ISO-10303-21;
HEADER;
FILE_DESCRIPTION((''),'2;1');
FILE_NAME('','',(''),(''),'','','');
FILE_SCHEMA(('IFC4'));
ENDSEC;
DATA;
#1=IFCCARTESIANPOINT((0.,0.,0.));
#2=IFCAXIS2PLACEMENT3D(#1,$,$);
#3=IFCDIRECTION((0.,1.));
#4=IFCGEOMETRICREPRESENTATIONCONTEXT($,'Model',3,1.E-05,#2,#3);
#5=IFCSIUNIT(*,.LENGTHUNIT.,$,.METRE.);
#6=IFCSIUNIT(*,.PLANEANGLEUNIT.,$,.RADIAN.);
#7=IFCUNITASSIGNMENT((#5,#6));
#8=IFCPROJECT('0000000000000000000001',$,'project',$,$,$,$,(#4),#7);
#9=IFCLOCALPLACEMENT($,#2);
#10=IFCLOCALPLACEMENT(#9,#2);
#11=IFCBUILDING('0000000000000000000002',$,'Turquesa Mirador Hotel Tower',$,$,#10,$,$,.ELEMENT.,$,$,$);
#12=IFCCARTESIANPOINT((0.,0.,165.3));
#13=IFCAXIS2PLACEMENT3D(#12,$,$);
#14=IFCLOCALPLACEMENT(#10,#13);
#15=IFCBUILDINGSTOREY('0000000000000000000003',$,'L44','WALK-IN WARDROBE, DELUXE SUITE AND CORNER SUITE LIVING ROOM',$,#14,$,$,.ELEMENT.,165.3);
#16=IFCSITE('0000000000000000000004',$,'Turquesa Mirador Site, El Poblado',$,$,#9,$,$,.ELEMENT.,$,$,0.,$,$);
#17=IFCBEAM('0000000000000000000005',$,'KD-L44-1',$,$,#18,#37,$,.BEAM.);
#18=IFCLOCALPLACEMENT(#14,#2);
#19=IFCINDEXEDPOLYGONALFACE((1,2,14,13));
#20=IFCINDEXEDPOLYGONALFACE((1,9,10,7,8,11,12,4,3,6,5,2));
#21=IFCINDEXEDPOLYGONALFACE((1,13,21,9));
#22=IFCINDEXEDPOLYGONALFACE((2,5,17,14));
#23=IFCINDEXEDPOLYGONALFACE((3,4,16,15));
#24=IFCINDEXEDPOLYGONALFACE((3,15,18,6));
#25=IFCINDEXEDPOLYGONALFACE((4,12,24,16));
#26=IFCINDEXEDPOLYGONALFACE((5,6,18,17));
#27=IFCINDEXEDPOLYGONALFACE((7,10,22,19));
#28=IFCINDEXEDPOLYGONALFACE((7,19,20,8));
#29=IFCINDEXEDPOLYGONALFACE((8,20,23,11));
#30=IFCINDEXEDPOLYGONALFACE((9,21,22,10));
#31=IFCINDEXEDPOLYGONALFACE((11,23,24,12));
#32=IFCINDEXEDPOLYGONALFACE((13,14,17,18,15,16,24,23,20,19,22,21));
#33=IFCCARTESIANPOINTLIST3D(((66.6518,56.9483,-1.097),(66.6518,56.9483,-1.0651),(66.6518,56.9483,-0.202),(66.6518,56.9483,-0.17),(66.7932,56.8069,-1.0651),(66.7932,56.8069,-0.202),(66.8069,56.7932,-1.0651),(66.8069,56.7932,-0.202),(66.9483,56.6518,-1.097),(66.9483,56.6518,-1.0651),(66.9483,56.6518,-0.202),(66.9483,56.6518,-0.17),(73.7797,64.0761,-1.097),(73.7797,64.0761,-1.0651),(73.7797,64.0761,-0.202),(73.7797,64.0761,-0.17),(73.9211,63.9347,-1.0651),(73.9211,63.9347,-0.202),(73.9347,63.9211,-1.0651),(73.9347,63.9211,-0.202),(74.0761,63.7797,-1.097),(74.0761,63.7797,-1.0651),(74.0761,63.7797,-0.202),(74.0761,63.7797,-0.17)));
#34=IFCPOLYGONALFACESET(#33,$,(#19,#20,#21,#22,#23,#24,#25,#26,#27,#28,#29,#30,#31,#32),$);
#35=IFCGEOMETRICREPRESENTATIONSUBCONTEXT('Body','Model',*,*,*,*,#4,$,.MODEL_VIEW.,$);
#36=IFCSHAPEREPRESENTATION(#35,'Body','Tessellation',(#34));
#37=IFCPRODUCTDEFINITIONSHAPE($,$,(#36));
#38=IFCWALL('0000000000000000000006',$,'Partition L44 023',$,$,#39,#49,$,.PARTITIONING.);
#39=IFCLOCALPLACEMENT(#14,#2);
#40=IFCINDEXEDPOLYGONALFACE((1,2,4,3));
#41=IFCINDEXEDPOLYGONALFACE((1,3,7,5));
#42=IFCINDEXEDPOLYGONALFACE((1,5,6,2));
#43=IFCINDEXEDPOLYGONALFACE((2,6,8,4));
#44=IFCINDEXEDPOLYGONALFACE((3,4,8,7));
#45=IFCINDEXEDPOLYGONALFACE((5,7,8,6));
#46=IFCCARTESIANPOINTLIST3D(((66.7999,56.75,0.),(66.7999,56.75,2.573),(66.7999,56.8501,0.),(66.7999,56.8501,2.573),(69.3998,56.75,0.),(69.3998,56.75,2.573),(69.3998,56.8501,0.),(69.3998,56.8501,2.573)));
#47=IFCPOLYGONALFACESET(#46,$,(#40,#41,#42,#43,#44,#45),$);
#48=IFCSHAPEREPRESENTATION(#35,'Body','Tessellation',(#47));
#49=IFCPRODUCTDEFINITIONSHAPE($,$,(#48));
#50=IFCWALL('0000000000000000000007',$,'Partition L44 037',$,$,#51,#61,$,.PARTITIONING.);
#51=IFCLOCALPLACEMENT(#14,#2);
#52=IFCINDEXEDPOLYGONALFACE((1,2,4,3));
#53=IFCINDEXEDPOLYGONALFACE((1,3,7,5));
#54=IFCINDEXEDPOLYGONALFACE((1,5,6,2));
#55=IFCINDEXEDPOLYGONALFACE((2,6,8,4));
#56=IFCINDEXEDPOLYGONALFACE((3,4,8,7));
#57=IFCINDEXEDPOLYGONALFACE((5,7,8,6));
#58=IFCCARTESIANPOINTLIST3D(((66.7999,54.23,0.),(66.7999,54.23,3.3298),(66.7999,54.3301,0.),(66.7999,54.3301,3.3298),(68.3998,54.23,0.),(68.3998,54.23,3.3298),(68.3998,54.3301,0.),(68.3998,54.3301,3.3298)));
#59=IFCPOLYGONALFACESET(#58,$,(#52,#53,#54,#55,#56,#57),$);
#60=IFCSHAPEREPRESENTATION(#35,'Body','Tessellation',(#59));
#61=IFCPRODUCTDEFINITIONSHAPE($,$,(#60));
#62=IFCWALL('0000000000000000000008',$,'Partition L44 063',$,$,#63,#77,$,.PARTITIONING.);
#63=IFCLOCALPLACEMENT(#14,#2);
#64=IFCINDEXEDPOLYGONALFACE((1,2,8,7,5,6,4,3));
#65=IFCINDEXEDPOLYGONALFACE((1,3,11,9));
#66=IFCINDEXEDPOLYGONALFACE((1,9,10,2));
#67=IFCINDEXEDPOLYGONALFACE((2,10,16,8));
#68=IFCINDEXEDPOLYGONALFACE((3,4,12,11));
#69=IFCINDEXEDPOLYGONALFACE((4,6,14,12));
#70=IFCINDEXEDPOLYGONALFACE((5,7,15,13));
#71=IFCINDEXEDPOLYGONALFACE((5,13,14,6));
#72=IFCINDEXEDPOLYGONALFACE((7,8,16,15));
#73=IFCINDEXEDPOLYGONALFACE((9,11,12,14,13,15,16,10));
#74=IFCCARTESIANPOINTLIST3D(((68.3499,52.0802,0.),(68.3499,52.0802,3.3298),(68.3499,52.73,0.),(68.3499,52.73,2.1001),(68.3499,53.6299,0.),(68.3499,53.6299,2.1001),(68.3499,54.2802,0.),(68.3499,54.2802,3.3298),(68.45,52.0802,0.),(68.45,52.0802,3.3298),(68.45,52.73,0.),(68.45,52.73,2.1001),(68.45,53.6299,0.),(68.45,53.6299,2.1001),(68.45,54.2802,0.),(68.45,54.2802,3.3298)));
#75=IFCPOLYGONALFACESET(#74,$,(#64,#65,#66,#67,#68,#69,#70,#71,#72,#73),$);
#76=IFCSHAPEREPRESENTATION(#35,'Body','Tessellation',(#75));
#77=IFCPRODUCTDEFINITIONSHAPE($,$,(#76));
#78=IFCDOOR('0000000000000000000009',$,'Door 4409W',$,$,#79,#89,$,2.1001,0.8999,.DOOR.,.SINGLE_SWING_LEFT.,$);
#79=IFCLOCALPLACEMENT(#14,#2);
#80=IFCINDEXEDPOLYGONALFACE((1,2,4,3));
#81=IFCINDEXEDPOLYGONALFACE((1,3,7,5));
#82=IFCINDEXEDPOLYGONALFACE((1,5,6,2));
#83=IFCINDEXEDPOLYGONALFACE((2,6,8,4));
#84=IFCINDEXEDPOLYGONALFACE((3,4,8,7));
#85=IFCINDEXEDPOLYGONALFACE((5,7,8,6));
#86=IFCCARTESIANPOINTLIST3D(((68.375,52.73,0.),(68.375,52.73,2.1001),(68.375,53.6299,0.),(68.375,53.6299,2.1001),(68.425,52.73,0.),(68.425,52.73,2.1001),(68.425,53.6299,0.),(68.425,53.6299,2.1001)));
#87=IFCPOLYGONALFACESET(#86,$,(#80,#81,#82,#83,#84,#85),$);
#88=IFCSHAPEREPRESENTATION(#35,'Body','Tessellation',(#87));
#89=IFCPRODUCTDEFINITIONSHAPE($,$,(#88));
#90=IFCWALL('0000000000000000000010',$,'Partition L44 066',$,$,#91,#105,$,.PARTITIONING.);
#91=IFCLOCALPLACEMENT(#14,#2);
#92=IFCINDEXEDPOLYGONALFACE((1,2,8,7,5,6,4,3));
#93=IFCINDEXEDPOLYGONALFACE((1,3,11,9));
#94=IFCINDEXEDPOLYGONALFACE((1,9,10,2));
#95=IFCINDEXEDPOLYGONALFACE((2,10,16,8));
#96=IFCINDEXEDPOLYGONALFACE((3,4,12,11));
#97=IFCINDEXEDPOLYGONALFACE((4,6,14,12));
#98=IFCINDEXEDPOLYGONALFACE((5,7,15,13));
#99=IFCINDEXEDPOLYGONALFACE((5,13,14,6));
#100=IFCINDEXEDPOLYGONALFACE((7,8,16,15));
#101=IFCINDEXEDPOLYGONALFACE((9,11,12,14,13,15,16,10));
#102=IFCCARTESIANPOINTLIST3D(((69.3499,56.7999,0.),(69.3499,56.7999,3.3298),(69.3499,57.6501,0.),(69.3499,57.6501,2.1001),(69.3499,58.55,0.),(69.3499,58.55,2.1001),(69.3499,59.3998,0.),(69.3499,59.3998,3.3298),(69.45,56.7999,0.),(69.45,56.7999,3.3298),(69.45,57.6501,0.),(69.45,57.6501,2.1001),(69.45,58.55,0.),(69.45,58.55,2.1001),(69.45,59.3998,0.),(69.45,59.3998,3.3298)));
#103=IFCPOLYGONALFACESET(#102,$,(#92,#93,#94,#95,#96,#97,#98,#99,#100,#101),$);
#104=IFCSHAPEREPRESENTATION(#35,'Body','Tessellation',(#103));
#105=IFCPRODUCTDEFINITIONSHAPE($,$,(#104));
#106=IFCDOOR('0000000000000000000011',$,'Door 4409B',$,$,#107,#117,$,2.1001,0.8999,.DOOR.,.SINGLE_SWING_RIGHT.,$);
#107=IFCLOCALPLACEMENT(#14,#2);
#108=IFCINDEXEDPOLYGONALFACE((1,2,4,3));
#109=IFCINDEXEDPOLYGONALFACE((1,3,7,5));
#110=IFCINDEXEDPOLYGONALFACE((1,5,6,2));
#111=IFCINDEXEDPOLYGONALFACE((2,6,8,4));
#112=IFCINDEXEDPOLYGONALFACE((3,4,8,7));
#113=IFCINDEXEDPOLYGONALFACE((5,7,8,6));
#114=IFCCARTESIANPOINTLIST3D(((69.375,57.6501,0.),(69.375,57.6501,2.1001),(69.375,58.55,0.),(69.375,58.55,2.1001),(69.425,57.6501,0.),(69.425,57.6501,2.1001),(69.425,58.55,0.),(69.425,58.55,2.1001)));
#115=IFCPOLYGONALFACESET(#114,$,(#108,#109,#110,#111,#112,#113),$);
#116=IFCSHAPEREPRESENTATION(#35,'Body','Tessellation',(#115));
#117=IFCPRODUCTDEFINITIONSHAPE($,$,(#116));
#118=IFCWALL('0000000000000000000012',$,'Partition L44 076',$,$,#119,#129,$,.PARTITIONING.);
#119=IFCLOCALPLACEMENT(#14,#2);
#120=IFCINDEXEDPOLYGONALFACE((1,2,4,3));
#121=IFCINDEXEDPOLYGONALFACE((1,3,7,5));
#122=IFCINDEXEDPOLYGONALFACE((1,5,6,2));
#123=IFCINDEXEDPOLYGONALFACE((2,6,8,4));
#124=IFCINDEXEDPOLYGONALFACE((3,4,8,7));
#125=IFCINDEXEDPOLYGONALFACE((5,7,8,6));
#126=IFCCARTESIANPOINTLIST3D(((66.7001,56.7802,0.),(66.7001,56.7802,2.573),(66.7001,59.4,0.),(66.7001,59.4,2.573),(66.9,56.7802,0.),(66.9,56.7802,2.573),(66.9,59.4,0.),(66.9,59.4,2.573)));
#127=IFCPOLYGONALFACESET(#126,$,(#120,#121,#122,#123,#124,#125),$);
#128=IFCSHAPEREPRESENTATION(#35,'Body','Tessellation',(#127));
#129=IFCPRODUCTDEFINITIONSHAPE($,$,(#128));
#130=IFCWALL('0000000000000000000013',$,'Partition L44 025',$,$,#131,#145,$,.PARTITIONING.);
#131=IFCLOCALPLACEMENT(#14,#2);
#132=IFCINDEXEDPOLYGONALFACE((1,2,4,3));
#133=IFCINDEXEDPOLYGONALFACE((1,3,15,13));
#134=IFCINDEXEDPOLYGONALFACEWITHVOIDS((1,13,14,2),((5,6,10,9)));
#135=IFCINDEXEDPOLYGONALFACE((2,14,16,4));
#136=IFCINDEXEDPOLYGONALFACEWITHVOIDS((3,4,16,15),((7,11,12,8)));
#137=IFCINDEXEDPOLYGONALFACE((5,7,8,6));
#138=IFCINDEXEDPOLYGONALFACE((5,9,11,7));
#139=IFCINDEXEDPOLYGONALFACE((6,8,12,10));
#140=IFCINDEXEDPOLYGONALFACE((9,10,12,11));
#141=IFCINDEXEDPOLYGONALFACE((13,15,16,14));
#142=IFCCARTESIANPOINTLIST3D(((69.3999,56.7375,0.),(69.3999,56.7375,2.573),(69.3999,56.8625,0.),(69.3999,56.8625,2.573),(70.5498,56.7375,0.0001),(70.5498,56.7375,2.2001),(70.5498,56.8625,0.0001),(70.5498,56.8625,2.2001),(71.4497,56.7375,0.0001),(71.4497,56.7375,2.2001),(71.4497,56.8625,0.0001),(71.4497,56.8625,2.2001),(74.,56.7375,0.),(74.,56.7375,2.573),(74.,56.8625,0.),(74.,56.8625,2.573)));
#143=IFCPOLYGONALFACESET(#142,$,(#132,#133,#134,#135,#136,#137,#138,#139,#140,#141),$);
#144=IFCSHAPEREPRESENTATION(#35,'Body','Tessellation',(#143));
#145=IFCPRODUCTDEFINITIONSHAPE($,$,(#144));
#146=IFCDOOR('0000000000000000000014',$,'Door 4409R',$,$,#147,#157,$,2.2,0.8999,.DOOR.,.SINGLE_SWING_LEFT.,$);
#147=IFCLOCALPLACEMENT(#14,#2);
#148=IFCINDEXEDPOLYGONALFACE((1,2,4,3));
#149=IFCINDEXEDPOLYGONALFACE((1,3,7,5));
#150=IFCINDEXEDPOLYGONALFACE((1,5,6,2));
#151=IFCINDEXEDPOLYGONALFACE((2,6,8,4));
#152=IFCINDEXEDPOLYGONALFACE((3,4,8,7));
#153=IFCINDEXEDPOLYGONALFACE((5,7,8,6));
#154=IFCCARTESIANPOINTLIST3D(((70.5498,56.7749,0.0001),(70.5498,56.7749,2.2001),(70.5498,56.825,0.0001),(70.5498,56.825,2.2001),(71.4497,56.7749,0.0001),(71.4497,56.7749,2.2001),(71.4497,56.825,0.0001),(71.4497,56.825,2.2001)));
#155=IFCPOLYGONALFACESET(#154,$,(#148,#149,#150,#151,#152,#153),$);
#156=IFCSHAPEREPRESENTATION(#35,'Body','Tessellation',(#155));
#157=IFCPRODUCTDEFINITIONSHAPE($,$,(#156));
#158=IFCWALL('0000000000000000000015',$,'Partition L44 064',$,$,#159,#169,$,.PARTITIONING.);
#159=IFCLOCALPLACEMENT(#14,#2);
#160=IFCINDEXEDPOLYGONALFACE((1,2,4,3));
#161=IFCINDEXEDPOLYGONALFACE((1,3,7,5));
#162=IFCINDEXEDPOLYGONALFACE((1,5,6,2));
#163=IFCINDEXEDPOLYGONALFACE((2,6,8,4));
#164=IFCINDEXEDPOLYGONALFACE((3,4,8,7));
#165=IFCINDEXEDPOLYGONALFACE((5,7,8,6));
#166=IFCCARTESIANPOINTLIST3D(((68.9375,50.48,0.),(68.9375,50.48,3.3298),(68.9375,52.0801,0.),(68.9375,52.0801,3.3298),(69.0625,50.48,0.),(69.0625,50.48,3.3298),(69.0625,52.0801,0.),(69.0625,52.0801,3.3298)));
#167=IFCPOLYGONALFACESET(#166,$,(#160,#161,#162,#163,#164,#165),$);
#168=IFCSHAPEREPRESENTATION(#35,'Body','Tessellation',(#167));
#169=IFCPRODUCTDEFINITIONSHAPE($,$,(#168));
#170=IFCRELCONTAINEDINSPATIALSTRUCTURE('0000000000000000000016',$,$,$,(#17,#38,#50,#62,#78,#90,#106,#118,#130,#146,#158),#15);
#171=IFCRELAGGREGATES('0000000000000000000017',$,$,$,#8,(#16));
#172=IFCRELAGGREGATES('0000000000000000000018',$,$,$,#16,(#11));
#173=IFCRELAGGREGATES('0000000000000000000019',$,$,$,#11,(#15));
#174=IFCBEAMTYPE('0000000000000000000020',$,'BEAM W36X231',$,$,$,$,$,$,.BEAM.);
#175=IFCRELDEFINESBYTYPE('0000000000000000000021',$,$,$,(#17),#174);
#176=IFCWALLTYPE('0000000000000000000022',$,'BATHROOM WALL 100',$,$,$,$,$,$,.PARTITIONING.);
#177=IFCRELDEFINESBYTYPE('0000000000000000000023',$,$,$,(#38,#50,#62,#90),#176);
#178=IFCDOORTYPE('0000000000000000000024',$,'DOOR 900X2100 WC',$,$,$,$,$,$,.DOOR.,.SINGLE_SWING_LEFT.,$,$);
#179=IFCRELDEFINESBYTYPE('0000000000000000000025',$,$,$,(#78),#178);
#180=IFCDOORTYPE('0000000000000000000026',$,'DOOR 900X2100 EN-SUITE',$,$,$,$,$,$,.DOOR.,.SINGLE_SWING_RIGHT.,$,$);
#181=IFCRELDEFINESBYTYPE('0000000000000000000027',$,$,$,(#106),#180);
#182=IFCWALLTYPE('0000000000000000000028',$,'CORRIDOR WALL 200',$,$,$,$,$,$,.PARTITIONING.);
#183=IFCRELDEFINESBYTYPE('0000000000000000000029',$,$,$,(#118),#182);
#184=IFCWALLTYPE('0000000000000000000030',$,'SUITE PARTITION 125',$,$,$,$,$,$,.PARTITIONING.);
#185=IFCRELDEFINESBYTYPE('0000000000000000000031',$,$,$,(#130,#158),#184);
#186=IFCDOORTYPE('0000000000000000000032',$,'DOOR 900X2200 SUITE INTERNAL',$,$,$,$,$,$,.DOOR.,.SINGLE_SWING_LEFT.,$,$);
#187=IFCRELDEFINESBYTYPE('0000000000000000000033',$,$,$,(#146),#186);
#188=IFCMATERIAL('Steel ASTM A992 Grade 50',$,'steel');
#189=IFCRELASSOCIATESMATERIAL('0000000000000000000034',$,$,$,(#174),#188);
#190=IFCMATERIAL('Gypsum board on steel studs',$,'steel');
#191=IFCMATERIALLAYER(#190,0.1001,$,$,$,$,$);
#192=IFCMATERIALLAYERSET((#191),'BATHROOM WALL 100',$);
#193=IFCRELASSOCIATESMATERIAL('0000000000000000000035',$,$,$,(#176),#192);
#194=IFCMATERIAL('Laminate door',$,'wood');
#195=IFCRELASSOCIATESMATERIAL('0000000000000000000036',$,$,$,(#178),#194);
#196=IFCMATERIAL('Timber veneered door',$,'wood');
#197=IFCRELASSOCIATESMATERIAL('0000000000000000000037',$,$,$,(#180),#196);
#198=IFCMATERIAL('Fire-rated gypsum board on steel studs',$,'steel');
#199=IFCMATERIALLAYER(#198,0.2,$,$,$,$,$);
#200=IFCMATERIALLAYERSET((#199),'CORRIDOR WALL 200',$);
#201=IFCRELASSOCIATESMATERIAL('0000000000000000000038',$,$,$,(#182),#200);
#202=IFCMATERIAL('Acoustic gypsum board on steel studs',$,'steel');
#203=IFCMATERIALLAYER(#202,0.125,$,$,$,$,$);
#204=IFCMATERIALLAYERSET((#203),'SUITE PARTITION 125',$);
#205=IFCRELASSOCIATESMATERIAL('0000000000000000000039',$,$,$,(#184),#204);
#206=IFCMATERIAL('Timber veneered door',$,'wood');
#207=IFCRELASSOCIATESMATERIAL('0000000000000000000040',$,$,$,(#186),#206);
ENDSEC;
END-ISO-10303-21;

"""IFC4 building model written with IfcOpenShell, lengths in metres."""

from ifc_helpers import new_model, si_unit, direction, frame, frame_2d, origin, origin_2d, place, context, subcontext, project, spatial, rectangle, i_section, extrude, material, layer, layer_set, material_profile, profile_set, type_object, element, fill, save


model = new_model("IFC4")

# Units and contexts
model_context = context("Model", 3, precision=1e-05, world=origin(), true_north=direction((0.0, 1.0)))
body_context = subcontext(model_context, "Body", "Model", "MODEL_VIEW")
ifc_project = project(units=[si_unit("LENGTHUNIT", "METRE"), si_unit("PLANEANGLEUNIT", "RADIAN")], contexts=[model_context])

# Site, building, storey
site_placement = place(None, origin())
site = spatial("IfcSite", under=ifc_project, at=site_placement, Name="Turquesa Mirador Site, El Poblado", CompositionType="ELEMENT", RefElevation=0.0)
building_placement = place(site_placement, origin())
building = spatial("IfcBuilding", under=site, at=building_placement, Name="Turquesa Mirador Hotel Tower", CompositionType="ELEMENT")
storey_placement = place(building_placement, frame((0.0, 0.0, 165.3)))
storey = spatial("IfcBuildingStorey", under=building, at=storey_placement, Name="L44", Description="WALK-IN WARDROBE, DELUXE SUITE AND CORNER SUITE LIVING ROOM", CompositionType="ELEMENT", Elevation=165.3)

# Beam
ifc_material_1 = material(Name="Steel ASTM A992 Grade 50", Category="steel")
ifc_material_profile_1 = material_profile(ifc_material_1, i_section(OverallWidth=0.4192, OverallDepth=0.927, WebThickness=0.0193, FlangeThickness=0.032, at=origin_2d()), Name="W36X231")
ifc_profile_set_1 = profile_set([ifc_material_profile_1], Name="Steel ASTM A992 Grade 50")
beam_type_1 = type_object("IfcBeamType", Name="BEAM W36X231", PredefinedType="BEAM", material=ifc_profile_set_1)
beam_1_placement = place(storey_placement, frame((66.8, 56.8, -0.6335), z_axis=(0.707107, 0.707107, 0.0), x_axis=(-0.707107, 0.707107, 0.0)))
element("IfcBeam", 1, at=beam_1_placement, inside=storey, type_object=beam_type_1, Name="KD-L44-1", PredefinedType="BEAM", context=body_context, shape_type="SweptSolid", body=[
    extrude(i_section(OverallWidth=0.4192, OverallDepth=0.927, WebThickness=0.0193, FlangeThickness=0.032, at=origin_2d()), origin(), (0.0, 0.0, 1.0), 10.0803),
])

# Walls
ifc_material_2 = material(Name="Gypsum board on steel studs", Category="steel")
ifc_layer_1 = layer(ifc_material_2, 0.1001)
ifc_layer_set_1 = layer_set([ifc_layer_1], Name="BATHROOM WALL 100")
wall_type_1 = type_object("IfcWallType", Name="BATHROOM WALL 100", PredefinedType="PARTITIONING", material=ifc_layer_set_1)
wall_1_placement = place(storey_placement, frame((66.8, 56.8, 0.0), z_axis=(0.0, 0.0, 1.0), x_axis=(1.0, 0.0, 0.0)))
element("IfcWall", 2, at=wall_1_placement, inside=storey, type_object=wall_type_1, Name="Partition L44 023", PredefinedType="PARTITIONING", context=body_context, shape_type="SweptSolid", body=[
    extrude(rectangle(XDim=2.5999, YDim=0.1001, at=frame_2d((1.2998, 0.0))), origin(), (0.0, 0.0, 1.0), 2.573),
])
wall_2_placement = place(storey_placement, frame((66.8, 54.28, 0.0), z_axis=(0.0, 0.0, 1.0), x_axis=(1.0, 0.0, 0.0)))
element("IfcWall", 3, at=wall_2_placement, inside=storey, type_object=wall_type_1, Name="Partition L44 037", PredefinedType="PARTITIONING", context=body_context, shape_type="SweptSolid", body=[
    extrude(rectangle(XDim=1.5999, YDim=0.1001, at=frame_2d((0.7998, 0.0))), origin(), (0.0, 0.0, 1.0), 3.3298),
])

# Walls, openings, doors
wall_3_placement = place(storey_placement, frame((68.3999, 52.0801, 0.0), z_axis=(0.0, 0.0, 1.0), x_axis=(0.0, 1.0, 0.0)))
wall_3 = element("IfcWall", 4, at=wall_3_placement, inside=storey, type_object=wall_type_1, Name="Partition L44 063", PredefinedType="PARTITIONING", context=body_context, shape_type="SweptSolid", body=[
    extrude(rectangle(XDim=2.2, YDim=0.1001, at=frame_2d((1.1001, 0.0))), origin(), (0.0, 0.0, 1.0), 3.3298),
])
opening_1_placement = place(wall_3_placement, frame((0.6499, 0.0, 0.0)))
opening_1 = element("IfcOpeningElement", 5, at=opening_1_placement, cuts=wall_3, PredefinedType="OPENING", context=body_context, shape_type="SweptSolid", body=[
    extrude(rectangle(XDim=0.8999, YDim=2.1001, at=frame_2d((0.45, 1.05))), frame((0.0, 0.0601, 0.0), z_axis=(0.0, -1.0, 0.0), x_axis=(1.0, 0.0, 0.0)), (0.0, 0.0, 1.0), 0.1201),
])
ifc_material_3 = material(Name="Laminate door", Category="wood")
door_type_1 = type_object("IfcDoorType", Name="DOOR 900X2100 WC", OperationType="SINGLE_SWING_LEFT", PredefinedType="DOOR", material=ifc_material_3)
door_1_placement = place(opening_1_placement, origin())
door_1 = element("IfcDoor", 6, at=door_1_placement, inside=storey, type_object=door_type_1, Name="Door 4409W", OperationType="SINGLE_SWING_LEFT", OverallHeight=2.1001, OverallWidth=0.8999, PredefinedType="DOOR", context=body_context, shape_type="SweptSolid", body=[
    extrude(rectangle(XDim=0.8999, YDim=2.1001, at=frame_2d((0.45, 1.05))), frame((0.0, 0.0249, 0.0), z_axis=(0.0, -1.0, 0.0), x_axis=(1.0, 0.0, 0.0)), (0.0, 0.0, 1.0), 0.05),
])
fill(opening_1, door_1)
wall_4_placement = place(storey_placement, frame((69.3999, 56.8, 0.0), z_axis=(0.0, 0.0, 1.0), x_axis=(0.0, 1.0, 0.0)))
wall_4 = element("IfcWall", 7, at=wall_4_placement, inside=storey, type_object=wall_type_1, Name="Partition L44 066", PredefinedType="PARTITIONING", context=body_context, shape_type="SweptSolid", body=[
    extrude(rectangle(XDim=2.5999, YDim=0.1001, at=frame_2d((1.2998, 0.0))), origin(), (0.0, 0.0, 1.0), 3.3298),
])
opening_2_placement = place(wall_4_placement, frame((0.8501, 0.0, 0.0)))
opening_2 = element("IfcOpeningElement", 8, at=opening_2_placement, cuts=wall_4, PredefinedType="OPENING", context=body_context, shape_type="SweptSolid", body=[
    extrude(rectangle(XDim=0.8999, YDim=2.1001, at=frame_2d((0.45, 1.05))), frame((0.0, 0.0601, 0.0), z_axis=(0.0, -1.0, 0.0), x_axis=(1.0, 0.0, 0.0)), (0.0, 0.0, 1.0), 0.1201),
])
ifc_material_4 = material(Name="Timber veneered door", Category="wood")
door_type_2 = type_object("IfcDoorType", Name="DOOR 900X2100 EN-SUITE", OperationType="SINGLE_SWING_RIGHT", PredefinedType="DOOR", material=ifc_material_4)
door_2_placement = place(opening_2_placement, origin())
door_2 = element("IfcDoor", 9, at=door_2_placement, inside=storey, type_object=door_type_2, Name="Door 4409B", OperationType="SINGLE_SWING_RIGHT", OverallHeight=2.1001, OverallWidth=0.8999, PredefinedType="DOOR", context=body_context, shape_type="SweptSolid", body=[
    extrude(rectangle(XDim=0.8999, YDim=2.1001, at=frame_2d((0.45, 1.05))), frame((0.0, 0.0249, 0.0), z_axis=(0.0, -1.0, 0.0), x_axis=(1.0, 0.0, 0.0)), (0.0, 0.0, 1.0), 0.05),
])
fill(opening_2, door_2)

# Wall
ifc_material_5 = material(Name="Fire-rated gypsum board on steel studs", Category="steel")
ifc_layer_2 = layer(ifc_material_5, 0.2)
ifc_layer_set_2 = layer_set([ifc_layer_2], Name="CORRIDOR WALL 200")
wall_type_2 = type_object("IfcWallType", Name="CORRIDOR WALL 200", PredefinedType="PARTITIONING", material=ifc_layer_set_2)
wall_5_placement = place(storey_placement, frame((66.8, 56.78, 0.0), z_axis=(0.0, 0.0, 1.0), x_axis=(0.0, 1.0, 0.0)))
element("IfcWall", 10, at=wall_5_placement, inside=storey, type_object=wall_type_2, Name="Partition L44 076", PredefinedType="PARTITIONING", context=body_context, shape_type="SweptSolid", body=[
    extrude(rectangle(XDim=2.6199, YDim=0.2, at=frame_2d((1.3101, 0.0))), origin(), (0.0, 0.0, 1.0), 2.573),
])

# Wall, opening, door
ifc_material_6 = material(Name="Acoustic gypsum board on steel studs", Category="steel")
ifc_layer_3 = layer(ifc_material_6, 0.125)
ifc_layer_set_3 = layer_set([ifc_layer_3], Name="SUITE PARTITION 125")
wall_type_3 = type_object("IfcWallType", Name="SUITE PARTITION 125", PredefinedType="PARTITIONING", material=ifc_layer_set_3)
wall_6_placement = place(storey_placement, frame((69.3999, 56.8, 0.0), z_axis=(0.0, 0.0, 1.0), x_axis=(1.0, 0.0, 0.0)))
wall_6 = element("IfcWall", 11, at=wall_6_placement, inside=storey, type_object=wall_type_3, Name="Partition L44 025", PredefinedType="PARTITIONING", context=body_context, shape_type="SweptSolid", body=[
    extrude(rectangle(XDim=4.6001, YDim=0.125, at=frame_2d((2.3, 0.0))), origin(), (0.0, 0.0, 1.0), 2.573),
])
opening_3_placement = place(wall_6_placement, frame((1.1499, 0.0, 0.0)))
opening_3 = element("IfcOpeningElement", 12, at=opening_3_placement, cuts=wall_6, PredefinedType="OPENING", context=body_context, shape_type="SweptSolid", body=[
    extrude(rectangle(XDim=0.8999, YDim=2.2, at=frame_2d((0.45, 1.1001))), frame((0.0, 0.0725, 0.0), z_axis=(0.0, -1.0, 0.0), x_axis=(1.0, 0.0, 0.0)), (0.0, 0.0, 1.0), 0.145),
])
ifc_material_7 = material(Name="Timber veneered door", Category="wood")
door_type_3 = type_object("IfcDoorType", Name="DOOR 900X2200 SUITE INTERNAL", OperationType="SINGLE_SWING_LEFT", PredefinedType="DOOR", material=ifc_material_7)
door_3_placement = place(opening_3_placement, origin())
door_3 = element("IfcDoor", 13, at=door_3_placement, inside=storey, type_object=door_type_3, Name="Door 4409R", OperationType="SINGLE_SWING_LEFT", OverallHeight=2.2, OverallWidth=0.8999, PredefinedType="DOOR", context=body_context, shape_type="SweptSolid", body=[
    extrude(rectangle(XDim=0.8999, YDim=2.2, at=frame_2d((0.45, 1.1001))), frame((0.0, 0.0249, 0.0), z_axis=(0.0, -1.0, 0.0), x_axis=(1.0, 0.0, 0.0)), (0.0, 0.0, 1.0), 0.05),
])
fill(opening_3, door_3)

# Wall
wall_7_placement = place(storey_placement, frame((69.0, 50.48, 0.0), z_axis=(0.0, 0.0, 1.0), x_axis=(0.0, 1.0, 0.0)))
element("IfcWall", 14, at=wall_7_placement, inside=storey, type_object=wall_type_3, Name="Partition L44 064", PredefinedType="PARTITIONING", context=body_context, shape_type="SweptSolid", body=[
    extrude(rectangle(XDim=1.6001, YDim=0.125, at=frame_2d((0.8, 0.0))), origin(), (0.0, 0.0, 1.0), 3.3298),
])

save(model, "model.ifc")
